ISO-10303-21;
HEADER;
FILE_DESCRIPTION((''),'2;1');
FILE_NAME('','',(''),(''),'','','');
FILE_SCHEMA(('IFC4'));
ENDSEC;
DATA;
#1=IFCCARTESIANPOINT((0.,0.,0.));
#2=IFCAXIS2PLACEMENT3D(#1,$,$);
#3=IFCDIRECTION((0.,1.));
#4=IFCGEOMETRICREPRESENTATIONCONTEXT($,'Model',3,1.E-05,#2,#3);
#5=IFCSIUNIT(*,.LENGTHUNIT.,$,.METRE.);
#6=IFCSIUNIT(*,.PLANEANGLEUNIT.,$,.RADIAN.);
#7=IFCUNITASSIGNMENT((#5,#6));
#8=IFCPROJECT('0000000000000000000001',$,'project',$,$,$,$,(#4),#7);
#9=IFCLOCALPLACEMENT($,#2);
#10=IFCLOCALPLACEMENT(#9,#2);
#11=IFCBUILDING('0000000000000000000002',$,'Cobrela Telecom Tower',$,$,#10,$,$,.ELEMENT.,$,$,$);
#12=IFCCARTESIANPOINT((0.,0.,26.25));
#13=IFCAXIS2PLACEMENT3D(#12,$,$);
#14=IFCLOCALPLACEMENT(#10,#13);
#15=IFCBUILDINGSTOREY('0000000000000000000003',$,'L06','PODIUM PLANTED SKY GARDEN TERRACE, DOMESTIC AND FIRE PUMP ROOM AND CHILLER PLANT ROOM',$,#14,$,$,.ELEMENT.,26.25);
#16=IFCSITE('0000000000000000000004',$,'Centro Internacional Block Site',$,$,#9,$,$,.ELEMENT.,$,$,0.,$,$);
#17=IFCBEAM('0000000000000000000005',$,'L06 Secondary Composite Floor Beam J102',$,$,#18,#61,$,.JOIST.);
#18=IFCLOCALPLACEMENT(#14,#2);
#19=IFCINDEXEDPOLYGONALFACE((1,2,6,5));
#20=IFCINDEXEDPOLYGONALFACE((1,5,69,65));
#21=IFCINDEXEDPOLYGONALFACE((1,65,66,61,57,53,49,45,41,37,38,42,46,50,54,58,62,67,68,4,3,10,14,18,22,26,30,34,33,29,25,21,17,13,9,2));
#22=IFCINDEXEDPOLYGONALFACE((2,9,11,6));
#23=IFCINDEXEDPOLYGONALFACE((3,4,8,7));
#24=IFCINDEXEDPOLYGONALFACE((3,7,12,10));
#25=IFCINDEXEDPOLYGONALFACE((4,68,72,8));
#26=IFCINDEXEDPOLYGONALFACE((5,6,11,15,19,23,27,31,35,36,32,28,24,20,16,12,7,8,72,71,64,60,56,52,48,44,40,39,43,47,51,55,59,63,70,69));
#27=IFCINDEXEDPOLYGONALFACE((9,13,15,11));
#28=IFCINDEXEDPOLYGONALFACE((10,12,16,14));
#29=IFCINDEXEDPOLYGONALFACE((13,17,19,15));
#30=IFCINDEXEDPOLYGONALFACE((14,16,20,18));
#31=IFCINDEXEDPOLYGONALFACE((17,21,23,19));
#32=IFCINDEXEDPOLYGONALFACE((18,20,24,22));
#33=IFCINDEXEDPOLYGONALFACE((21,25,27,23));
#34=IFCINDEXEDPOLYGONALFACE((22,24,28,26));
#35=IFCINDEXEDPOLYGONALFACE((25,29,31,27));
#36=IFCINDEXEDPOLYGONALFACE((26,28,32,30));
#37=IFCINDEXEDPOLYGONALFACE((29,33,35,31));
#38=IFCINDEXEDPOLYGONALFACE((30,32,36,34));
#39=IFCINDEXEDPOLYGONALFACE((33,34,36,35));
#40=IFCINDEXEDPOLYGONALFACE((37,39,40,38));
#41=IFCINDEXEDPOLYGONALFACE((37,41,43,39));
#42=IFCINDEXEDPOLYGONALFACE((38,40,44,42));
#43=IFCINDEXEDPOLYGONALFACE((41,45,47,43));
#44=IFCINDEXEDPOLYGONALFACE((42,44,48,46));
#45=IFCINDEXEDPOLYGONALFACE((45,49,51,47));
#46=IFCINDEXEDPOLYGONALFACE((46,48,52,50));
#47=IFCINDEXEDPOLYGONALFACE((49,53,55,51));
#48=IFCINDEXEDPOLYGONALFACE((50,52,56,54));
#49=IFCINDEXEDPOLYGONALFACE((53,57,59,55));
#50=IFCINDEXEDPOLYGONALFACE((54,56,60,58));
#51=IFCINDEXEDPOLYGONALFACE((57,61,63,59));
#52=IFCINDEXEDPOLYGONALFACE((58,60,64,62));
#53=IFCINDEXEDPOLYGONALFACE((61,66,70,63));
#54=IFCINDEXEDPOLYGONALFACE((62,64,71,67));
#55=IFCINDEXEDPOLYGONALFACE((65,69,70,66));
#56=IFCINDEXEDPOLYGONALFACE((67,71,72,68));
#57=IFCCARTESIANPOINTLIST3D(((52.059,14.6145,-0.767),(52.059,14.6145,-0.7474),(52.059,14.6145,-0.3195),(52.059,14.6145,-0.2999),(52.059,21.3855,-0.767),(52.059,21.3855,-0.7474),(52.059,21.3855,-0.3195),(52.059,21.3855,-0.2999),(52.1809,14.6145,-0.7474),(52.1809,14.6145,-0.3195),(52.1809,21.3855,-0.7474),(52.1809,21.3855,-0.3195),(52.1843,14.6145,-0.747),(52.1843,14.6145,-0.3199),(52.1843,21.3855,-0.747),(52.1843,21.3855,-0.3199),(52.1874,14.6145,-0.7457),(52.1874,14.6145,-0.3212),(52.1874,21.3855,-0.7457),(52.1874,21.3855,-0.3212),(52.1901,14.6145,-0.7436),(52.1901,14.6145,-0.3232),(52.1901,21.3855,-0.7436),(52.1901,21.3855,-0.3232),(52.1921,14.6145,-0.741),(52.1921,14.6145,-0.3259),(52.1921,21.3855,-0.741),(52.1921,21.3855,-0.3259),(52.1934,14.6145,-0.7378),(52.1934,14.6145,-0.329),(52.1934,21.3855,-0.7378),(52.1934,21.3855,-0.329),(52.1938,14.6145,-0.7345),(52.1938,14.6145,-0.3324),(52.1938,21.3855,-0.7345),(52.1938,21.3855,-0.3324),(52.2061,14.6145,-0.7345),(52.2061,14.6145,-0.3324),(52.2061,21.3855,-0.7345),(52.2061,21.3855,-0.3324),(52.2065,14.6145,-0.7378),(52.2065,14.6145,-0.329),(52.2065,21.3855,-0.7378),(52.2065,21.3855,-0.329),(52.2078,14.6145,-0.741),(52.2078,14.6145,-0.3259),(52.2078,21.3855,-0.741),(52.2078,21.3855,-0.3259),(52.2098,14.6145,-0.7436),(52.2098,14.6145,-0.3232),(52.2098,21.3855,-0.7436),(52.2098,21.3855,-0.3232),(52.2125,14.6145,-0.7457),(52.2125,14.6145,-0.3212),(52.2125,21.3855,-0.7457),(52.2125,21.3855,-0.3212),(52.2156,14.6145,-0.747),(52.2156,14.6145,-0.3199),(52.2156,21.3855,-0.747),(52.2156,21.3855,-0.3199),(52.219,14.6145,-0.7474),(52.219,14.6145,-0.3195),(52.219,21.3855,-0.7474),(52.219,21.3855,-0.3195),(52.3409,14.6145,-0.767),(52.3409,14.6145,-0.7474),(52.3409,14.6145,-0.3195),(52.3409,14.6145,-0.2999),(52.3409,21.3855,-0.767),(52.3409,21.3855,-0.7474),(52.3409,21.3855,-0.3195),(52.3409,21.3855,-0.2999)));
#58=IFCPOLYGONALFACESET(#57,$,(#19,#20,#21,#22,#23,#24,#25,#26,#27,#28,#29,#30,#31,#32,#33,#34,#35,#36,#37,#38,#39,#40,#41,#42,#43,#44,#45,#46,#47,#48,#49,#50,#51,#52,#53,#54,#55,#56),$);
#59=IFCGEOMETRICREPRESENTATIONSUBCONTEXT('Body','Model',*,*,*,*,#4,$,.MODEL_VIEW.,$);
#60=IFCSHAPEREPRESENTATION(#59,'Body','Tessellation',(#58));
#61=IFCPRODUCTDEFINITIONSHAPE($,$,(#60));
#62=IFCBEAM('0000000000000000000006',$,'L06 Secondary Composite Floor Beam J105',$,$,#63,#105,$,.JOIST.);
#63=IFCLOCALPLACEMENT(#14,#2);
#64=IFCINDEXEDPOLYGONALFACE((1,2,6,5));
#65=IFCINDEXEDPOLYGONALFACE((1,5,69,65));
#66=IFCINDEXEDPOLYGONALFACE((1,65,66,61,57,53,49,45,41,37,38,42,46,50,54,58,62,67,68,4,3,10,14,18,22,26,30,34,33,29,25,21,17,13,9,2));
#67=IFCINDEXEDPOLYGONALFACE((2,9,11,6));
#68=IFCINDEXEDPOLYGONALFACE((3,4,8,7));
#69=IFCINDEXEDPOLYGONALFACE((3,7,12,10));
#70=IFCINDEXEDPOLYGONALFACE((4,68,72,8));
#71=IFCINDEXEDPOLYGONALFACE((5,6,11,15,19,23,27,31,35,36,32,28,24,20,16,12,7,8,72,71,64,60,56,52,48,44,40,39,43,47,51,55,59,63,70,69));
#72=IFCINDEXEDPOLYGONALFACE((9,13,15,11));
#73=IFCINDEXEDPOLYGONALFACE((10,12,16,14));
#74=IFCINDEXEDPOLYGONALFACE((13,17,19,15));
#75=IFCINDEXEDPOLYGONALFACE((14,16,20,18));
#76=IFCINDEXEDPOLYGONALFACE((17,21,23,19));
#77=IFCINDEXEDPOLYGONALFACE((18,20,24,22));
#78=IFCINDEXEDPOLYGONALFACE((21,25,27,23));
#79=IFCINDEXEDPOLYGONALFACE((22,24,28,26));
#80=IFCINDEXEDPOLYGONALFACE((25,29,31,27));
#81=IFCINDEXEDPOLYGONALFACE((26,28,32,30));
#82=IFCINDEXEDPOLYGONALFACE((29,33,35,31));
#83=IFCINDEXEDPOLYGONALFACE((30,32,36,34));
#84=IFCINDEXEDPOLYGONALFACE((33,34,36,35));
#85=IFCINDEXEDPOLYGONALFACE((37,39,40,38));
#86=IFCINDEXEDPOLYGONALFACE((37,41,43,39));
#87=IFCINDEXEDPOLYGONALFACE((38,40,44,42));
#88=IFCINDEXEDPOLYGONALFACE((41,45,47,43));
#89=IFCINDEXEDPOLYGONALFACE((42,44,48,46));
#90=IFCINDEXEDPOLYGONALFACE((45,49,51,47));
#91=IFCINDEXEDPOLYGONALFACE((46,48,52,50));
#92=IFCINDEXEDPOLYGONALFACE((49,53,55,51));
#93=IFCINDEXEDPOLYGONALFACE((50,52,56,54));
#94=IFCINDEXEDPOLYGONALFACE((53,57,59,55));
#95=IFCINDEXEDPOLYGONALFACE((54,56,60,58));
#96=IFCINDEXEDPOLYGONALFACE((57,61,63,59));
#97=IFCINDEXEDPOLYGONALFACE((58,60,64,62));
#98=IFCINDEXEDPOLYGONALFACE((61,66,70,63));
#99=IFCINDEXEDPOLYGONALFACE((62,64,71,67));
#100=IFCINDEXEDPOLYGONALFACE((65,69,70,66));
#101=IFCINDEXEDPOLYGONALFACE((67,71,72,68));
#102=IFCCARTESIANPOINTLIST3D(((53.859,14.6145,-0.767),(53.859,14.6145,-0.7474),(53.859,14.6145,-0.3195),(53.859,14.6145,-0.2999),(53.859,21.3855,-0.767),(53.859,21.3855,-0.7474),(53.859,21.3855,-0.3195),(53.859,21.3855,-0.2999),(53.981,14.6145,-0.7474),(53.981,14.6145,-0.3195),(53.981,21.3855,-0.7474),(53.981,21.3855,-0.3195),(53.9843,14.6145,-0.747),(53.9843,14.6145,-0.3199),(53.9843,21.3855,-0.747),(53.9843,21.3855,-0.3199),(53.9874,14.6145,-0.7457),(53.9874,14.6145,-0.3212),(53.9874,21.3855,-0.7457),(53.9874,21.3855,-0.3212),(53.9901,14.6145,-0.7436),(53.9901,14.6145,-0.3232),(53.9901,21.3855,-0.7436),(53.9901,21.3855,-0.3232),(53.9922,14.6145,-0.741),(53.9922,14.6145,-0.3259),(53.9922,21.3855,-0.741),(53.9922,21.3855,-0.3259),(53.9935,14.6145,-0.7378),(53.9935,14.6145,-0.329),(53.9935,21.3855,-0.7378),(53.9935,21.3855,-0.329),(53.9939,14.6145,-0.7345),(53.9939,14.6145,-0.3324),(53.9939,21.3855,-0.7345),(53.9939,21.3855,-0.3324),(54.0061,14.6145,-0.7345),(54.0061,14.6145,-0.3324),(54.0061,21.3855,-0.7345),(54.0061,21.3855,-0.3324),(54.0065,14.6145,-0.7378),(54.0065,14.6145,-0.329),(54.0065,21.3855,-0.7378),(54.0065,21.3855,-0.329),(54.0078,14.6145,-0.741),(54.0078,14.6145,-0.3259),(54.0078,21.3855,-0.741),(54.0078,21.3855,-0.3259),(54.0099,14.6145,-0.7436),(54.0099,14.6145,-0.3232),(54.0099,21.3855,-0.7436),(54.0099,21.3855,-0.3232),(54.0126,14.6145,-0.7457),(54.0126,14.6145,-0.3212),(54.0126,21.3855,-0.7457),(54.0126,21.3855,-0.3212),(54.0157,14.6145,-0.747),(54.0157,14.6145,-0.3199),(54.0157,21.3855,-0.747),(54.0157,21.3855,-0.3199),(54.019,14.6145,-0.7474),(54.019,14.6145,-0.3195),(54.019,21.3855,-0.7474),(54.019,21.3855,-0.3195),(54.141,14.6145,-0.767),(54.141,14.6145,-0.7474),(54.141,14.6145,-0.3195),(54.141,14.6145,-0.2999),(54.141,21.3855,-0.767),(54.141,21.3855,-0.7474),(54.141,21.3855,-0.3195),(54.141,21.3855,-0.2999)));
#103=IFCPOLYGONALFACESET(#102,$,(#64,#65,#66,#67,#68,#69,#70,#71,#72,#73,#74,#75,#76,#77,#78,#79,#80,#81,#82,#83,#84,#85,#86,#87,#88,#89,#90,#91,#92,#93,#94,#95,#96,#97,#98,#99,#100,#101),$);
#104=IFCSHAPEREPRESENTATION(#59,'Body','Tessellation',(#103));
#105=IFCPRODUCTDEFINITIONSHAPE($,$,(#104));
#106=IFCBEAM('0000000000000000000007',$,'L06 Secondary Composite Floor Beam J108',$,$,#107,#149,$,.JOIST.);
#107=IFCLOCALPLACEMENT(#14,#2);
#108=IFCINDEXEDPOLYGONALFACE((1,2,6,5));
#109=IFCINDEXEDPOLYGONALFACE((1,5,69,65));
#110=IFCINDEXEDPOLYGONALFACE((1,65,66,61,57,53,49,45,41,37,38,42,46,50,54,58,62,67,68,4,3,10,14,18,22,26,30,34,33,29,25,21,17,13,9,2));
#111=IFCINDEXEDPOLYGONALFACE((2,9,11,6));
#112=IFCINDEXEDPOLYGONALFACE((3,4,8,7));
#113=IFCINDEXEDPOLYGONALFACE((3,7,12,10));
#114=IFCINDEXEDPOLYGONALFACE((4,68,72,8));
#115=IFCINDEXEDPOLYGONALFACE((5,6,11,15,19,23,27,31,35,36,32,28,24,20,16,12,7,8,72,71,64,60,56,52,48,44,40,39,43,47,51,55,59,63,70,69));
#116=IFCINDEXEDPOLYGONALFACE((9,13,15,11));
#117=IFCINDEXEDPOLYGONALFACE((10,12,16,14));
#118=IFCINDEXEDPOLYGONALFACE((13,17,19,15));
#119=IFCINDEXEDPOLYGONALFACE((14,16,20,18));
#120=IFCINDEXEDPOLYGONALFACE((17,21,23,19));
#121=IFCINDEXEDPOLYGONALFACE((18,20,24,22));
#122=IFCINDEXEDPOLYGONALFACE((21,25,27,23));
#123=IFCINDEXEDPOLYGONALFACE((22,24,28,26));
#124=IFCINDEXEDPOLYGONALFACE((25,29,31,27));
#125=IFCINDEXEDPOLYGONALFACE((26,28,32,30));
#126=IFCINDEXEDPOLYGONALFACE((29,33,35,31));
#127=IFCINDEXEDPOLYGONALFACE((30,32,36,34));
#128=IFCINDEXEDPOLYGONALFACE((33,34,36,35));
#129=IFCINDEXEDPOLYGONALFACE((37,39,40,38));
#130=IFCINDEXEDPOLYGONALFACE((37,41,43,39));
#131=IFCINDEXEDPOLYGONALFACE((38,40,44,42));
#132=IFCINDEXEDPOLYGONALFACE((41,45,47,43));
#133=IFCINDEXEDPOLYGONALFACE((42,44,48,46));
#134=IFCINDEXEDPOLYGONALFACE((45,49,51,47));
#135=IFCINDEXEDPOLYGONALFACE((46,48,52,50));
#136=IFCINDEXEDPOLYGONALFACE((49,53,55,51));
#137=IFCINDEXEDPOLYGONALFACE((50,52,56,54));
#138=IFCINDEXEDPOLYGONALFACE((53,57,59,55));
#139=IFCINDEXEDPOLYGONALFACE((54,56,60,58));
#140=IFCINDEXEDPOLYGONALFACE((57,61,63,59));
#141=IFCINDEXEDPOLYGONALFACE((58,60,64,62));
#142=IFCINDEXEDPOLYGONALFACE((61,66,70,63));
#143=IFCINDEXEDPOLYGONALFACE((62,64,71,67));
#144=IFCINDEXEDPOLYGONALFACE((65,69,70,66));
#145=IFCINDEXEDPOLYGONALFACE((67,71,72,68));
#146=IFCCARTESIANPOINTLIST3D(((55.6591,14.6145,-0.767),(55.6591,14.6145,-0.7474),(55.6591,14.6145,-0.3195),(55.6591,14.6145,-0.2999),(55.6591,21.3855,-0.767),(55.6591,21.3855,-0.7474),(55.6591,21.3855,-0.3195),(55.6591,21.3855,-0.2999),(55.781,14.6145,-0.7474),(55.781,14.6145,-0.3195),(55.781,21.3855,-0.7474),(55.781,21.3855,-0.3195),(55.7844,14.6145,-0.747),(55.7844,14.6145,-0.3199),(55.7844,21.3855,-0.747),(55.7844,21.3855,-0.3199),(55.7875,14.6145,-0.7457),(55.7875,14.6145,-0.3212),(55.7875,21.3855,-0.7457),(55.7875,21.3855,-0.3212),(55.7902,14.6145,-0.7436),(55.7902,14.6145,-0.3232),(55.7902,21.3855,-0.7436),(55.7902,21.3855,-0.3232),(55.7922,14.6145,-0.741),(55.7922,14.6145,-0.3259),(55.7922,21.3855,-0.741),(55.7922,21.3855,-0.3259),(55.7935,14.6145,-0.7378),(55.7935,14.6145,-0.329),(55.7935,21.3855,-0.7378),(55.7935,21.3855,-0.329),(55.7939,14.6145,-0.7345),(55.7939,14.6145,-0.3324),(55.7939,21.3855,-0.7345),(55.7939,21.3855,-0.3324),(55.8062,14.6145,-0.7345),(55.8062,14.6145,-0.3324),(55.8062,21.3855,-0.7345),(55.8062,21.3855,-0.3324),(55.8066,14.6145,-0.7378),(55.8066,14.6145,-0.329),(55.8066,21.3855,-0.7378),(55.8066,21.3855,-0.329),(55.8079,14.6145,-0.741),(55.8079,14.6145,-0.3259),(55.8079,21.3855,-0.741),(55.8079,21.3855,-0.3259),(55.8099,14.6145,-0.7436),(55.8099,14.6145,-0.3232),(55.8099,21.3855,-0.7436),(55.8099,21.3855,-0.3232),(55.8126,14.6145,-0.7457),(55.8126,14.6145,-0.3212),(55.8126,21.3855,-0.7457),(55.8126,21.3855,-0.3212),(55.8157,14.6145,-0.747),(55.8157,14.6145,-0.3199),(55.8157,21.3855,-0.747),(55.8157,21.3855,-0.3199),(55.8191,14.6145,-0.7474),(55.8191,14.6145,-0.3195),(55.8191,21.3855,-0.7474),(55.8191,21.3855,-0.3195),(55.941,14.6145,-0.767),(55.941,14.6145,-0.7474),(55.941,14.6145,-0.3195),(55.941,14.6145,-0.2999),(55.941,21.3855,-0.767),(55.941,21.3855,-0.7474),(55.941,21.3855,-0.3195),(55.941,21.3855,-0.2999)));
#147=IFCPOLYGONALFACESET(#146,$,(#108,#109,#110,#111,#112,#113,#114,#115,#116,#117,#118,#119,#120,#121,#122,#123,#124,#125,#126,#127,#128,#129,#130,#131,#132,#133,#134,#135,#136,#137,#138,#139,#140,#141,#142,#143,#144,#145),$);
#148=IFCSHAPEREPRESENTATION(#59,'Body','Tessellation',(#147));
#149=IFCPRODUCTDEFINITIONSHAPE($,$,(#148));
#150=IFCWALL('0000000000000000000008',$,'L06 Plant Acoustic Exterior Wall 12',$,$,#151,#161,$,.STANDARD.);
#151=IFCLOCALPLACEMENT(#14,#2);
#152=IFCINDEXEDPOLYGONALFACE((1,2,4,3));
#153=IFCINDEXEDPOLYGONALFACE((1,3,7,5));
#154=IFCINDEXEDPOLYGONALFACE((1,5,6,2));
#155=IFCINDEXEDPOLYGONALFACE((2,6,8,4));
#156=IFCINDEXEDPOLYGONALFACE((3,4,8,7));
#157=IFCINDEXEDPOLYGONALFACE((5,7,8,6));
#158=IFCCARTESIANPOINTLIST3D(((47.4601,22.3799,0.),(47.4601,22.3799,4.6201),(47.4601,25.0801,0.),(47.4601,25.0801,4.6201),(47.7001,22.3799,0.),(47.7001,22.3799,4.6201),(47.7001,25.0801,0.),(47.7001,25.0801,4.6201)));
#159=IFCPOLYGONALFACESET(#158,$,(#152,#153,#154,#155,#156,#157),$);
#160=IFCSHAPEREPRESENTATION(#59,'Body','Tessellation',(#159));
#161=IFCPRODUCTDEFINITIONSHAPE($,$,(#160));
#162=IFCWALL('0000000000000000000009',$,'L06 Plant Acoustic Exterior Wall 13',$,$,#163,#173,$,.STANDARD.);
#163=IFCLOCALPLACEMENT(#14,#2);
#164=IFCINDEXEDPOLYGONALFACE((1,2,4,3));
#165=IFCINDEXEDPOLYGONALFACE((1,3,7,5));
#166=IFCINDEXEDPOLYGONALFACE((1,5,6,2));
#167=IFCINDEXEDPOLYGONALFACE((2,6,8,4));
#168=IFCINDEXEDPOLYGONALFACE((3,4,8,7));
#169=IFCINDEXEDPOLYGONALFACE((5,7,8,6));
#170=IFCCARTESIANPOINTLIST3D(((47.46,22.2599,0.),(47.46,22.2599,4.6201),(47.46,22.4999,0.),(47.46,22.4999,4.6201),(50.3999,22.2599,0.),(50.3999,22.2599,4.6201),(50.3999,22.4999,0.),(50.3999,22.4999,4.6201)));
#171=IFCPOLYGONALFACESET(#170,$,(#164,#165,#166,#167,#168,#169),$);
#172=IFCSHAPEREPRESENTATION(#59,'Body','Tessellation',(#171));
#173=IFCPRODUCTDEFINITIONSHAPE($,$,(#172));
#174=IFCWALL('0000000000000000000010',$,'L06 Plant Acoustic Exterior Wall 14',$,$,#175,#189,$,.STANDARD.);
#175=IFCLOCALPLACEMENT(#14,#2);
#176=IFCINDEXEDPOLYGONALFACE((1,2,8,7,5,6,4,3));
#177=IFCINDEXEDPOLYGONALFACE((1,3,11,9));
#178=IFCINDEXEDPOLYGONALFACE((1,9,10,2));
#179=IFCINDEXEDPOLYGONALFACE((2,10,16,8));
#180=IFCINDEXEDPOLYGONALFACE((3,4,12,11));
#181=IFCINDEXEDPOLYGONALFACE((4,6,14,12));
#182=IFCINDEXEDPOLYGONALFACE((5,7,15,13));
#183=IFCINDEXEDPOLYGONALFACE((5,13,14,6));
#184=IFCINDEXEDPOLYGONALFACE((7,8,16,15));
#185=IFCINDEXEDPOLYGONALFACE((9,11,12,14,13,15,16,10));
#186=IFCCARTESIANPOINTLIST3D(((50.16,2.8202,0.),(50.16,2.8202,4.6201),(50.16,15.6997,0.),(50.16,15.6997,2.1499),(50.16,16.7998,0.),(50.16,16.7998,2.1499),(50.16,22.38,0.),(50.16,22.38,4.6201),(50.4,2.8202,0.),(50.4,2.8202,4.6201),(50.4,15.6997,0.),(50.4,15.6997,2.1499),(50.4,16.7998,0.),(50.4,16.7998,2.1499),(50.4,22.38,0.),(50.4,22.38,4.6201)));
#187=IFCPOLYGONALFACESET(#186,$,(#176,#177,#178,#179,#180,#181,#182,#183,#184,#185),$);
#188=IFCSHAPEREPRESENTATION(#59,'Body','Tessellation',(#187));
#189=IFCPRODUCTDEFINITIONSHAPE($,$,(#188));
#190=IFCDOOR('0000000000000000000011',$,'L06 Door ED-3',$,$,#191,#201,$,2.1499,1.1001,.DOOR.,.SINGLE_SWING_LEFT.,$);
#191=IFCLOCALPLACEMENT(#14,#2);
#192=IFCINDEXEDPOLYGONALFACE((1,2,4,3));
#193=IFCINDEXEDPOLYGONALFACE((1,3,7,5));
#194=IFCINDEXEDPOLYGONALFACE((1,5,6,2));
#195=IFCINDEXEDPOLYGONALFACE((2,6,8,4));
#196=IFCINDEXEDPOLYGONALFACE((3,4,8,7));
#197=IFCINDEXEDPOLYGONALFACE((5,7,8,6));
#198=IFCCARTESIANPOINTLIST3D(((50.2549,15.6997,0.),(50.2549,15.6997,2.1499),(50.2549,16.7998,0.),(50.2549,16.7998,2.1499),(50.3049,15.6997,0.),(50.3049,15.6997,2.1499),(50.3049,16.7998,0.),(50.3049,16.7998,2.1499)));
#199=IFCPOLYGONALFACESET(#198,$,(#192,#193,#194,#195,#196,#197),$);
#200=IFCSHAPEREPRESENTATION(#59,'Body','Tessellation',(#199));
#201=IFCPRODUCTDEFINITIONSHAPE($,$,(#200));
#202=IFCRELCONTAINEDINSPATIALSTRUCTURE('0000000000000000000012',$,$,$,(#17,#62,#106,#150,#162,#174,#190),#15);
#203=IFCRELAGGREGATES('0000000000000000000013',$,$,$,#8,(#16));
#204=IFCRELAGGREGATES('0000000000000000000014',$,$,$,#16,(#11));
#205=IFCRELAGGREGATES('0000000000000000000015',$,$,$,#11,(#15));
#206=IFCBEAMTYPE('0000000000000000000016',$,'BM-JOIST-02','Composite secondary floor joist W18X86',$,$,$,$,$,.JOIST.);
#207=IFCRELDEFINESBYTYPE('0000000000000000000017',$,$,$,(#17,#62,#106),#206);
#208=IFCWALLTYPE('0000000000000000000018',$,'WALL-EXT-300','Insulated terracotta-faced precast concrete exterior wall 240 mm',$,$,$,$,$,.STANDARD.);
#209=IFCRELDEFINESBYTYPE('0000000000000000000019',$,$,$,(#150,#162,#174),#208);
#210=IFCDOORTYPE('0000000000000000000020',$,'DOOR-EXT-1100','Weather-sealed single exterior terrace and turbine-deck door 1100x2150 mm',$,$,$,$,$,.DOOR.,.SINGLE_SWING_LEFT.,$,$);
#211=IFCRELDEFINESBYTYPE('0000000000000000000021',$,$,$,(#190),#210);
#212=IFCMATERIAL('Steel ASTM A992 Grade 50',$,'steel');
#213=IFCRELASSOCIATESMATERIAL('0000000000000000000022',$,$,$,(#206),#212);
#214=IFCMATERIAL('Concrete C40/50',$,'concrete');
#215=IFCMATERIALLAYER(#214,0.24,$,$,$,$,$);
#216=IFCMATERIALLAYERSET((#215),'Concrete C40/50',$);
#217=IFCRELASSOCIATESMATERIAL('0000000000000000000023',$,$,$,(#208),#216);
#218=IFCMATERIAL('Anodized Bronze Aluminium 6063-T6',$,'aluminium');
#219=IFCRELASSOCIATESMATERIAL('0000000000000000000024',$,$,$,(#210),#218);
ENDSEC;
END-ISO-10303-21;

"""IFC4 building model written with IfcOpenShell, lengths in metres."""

from ifc_helpers import new_model, si_unit, direction, frame, frame_2d, origin, origin_2d, place, context, subcontext, project, spatial, rectangle, i_section, extrude, material, layer, layer_set, material_profile, profile_set, type_object, element, fill, save


model = new_model("IFC4")

# Units and contexts
model_context = context("Model", 3, precision=1e-05, world=origin(), true_north=direction((0.0, 1.0)))
body_context = subcontext(model_context, "Body", "Model", "MODEL_VIEW")
ifc_project = project(units=[si_unit("LENGTHUNIT", "METRE"), si_unit("PLANEANGLEUNIT", "RADIAN")], contexts=[model_context])

# Site, building, storey
site_placement = place(None, origin())
site = spatial("IfcSite", under=ifc_project, at=site_placement, Name="Centro Internacional Block Site", CompositionType="ELEMENT", RefElevation=0.0)
building_placement = place(site_placement, origin())
building = spatial("IfcBuilding", under=site, at=building_placement, Name="Cobrela Telecom Tower", CompositionType="ELEMENT")
storey_placement = place(building_placement, frame((0.0, 0.0, 26.25)))
storey = spatial("IfcBuildingStorey", under=building, at=storey_placement, Name="L06", Description="PODIUM PLANTED SKY GARDEN TERRACE, DOMESTIC AND FIRE PUMP ROOM AND CHILLER PLANT ROOM", CompositionType="ELEMENT", Elevation=26.25)

# Shared definitions
ifc_material_1 = material(Name="Concrete C40/50", Category="concrete")

# Beams
ifc_material_2 = material(Name="Steel ASTM A992 Grade 50", Category="steel")
ifc_material_profile_1 = material_profile(ifc_material_2, i_section(OverallWidth=0.282, OverallDepth=0.467, WebThickness=0.0122, FlangeThickness=0.0195, FilletRadius=0.0129, at=origin_2d()), Name="W18X86")
ifc_profile_set_1 = profile_set([ifc_material_profile_1], Name="Steel ASTM A992 Grade 50")
beam_type_1 = type_object("IfcBeamType", Name="BM-JOIST-02", Description="Composite secondary floor joist W18X86", PredefinedType="JOIST", material=ifc_profile_set_1)
for number, where, z_axis, x_axis, name in (
    (1, (52.2, 14.6145, -0.5334), (0.0, 1.0, 0.0), (-1.0, 0.0, 0.0), "L06 Secondary Composite Floor Beam J102"),
    (2, (54.0, 14.6145, -0.5334), (0.0, 1.0, 0.0), (-1.0, 0.0, 0.0), "L06 Secondary Composite Floor Beam J105"),
    (3, (55.8, 14.6145, -0.5334), (0.0, 1.0, 0.0), (-1.0, 0.0, 0.0), "L06 Secondary Composite Floor Beam J108"),
):
    element("IfcBeam", number, at=place(storey_placement, frame(where, z_axis=z_axis, x_axis=x_axis)), inside=storey, type_object=beam_type_1, Name=name, PredefinedType="JOIST", context=body_context, shape_type="SweptSolid", body=[
        extrude(i_section(OverallWidth=0.282, OverallDepth=0.467, WebThickness=0.0122, FlangeThickness=0.0195, FilletRadius=0.0129, at=origin_2d()), origin(), (0.0, 0.0, 1.0), 6.771),
    ])

# Walls
ifc_layer_1 = layer(ifc_material_1, 0.24)
ifc_layer_set_1 = layer_set([ifc_layer_1], Name="Concrete C40/50")
wall_type_1 = type_object("IfcWallType", Name="WALL-EXT-300", Description="Insulated terracotta-faced precast concrete exterior wall 240 mm", PredefinedType="STANDARD", material=ifc_layer_set_1)
wall_1_placement = place(storey_placement, frame((47.5801, 25.0801, 0.0), z_axis=(0.0, 0.0, 1.0), x_axis=(0.0, -1.0, 0.0)))
element("IfcWall", 4, at=wall_1_placement, inside=storey, type_object=wall_type_1, Name="L06 Plant Acoustic Exterior Wall 12", PredefinedType="STANDARD", context=body_context, shape_type="SweptSolid", body=[
    extrude(rectangle(XDim=2.7002, YDim=0.24, at=frame_2d((1.3501, 0.0))), origin(), (0.0, 0.0, 1.0), 4.6201),
])
wall_2_placement = place(storey_placement, frame((47.46, 22.3799, 0.0), z_axis=(0.0, 0.0, 1.0), x_axis=(1.0, 0.0, 0.0)))
element("IfcWall", 5, at=wall_2_placement, inside=storey, type_object=wall_type_1, Name="L06 Plant Acoustic Exterior Wall 13", PredefinedType="STANDARD", context=body_context, shape_type="SweptSolid", body=[
    extrude(rectangle(XDim=2.9399, YDim=0.24, at=frame_2d((1.47, 0.0))), origin(), (0.0, 0.0, 1.0), 4.6201),
])

# Wall, opening, door
wall_3_placement = place(storey_placement, frame((50.28, 22.3799, 0.0), z_axis=(0.0, 0.0, 1.0), x_axis=(0.0, -1.0, 0.0)))
wall_3 = element("IfcWall", 6, at=wall_3_placement, inside=storey, type_object=wall_type_1, Name="L06 Plant Acoustic Exterior Wall 14", PredefinedType="STANDARD", context=body_context, shape_type="SweptSolid", body=[
    extrude(rectangle(XDim=19.5598, YDim=0.24, at=frame_2d((9.7798, 0.0))), origin(), (0.0, 0.0, 1.0), 4.6201),
])
opening_placement = place(wall_3_placement, frame((5.5801, 0.0, 0.0)))
opening = element("IfcOpeningElement", 7, at=opening_placement, cuts=wall_3, PredefinedType="OPENING", context=body_context, shape_type="SweptSolid", body=[
    extrude(rectangle(XDim=1.1001, YDim=2.1499, at=frame_2d((0.55, 1.075))), frame((0.0, 0.1318, 0.0), z_axis=(0.0, -1.0, 0.0), x_axis=(1.0, 0.0, 0.0)), (0.0, 0.0, 1.0), 0.2639),
])
ifc_material_3 = material(Name="Anodized Bronze Aluminium 6063-T6", Category="aluminium")
door_type = type_object("IfcDoorType", Name="DOOR-EXT-1100", Description="Weather-sealed single exterior terrace and turbine-deck door 1100x2150 mm", OperationType="SINGLE_SWING_LEFT", PredefinedType="DOOR", material=ifc_material_3)
door_placement = place(opening_placement, origin())
door = element("IfcDoor", 8, at=door_placement, inside=storey, type_object=door_type, Name="L06 Door ED-3", OperationType="SINGLE_SWING_LEFT", OverallHeight=2.1499, OverallWidth=1.1001, PredefinedType="DOOR", context=body_context, shape_type="SweptSolid", body=[
    extrude(rectangle(XDim=1.1001, YDim=2.1499, at=frame_2d((0.55, 1.075))), frame((0.0, 0.0249, 0.0), z_axis=(0.0, -1.0, 0.0), x_axis=(1.0, 0.0, 0.0)), (0.0, 0.0, 1.0), 0.05),
])
fill(opening, door)

save(model, "model.ifc")
